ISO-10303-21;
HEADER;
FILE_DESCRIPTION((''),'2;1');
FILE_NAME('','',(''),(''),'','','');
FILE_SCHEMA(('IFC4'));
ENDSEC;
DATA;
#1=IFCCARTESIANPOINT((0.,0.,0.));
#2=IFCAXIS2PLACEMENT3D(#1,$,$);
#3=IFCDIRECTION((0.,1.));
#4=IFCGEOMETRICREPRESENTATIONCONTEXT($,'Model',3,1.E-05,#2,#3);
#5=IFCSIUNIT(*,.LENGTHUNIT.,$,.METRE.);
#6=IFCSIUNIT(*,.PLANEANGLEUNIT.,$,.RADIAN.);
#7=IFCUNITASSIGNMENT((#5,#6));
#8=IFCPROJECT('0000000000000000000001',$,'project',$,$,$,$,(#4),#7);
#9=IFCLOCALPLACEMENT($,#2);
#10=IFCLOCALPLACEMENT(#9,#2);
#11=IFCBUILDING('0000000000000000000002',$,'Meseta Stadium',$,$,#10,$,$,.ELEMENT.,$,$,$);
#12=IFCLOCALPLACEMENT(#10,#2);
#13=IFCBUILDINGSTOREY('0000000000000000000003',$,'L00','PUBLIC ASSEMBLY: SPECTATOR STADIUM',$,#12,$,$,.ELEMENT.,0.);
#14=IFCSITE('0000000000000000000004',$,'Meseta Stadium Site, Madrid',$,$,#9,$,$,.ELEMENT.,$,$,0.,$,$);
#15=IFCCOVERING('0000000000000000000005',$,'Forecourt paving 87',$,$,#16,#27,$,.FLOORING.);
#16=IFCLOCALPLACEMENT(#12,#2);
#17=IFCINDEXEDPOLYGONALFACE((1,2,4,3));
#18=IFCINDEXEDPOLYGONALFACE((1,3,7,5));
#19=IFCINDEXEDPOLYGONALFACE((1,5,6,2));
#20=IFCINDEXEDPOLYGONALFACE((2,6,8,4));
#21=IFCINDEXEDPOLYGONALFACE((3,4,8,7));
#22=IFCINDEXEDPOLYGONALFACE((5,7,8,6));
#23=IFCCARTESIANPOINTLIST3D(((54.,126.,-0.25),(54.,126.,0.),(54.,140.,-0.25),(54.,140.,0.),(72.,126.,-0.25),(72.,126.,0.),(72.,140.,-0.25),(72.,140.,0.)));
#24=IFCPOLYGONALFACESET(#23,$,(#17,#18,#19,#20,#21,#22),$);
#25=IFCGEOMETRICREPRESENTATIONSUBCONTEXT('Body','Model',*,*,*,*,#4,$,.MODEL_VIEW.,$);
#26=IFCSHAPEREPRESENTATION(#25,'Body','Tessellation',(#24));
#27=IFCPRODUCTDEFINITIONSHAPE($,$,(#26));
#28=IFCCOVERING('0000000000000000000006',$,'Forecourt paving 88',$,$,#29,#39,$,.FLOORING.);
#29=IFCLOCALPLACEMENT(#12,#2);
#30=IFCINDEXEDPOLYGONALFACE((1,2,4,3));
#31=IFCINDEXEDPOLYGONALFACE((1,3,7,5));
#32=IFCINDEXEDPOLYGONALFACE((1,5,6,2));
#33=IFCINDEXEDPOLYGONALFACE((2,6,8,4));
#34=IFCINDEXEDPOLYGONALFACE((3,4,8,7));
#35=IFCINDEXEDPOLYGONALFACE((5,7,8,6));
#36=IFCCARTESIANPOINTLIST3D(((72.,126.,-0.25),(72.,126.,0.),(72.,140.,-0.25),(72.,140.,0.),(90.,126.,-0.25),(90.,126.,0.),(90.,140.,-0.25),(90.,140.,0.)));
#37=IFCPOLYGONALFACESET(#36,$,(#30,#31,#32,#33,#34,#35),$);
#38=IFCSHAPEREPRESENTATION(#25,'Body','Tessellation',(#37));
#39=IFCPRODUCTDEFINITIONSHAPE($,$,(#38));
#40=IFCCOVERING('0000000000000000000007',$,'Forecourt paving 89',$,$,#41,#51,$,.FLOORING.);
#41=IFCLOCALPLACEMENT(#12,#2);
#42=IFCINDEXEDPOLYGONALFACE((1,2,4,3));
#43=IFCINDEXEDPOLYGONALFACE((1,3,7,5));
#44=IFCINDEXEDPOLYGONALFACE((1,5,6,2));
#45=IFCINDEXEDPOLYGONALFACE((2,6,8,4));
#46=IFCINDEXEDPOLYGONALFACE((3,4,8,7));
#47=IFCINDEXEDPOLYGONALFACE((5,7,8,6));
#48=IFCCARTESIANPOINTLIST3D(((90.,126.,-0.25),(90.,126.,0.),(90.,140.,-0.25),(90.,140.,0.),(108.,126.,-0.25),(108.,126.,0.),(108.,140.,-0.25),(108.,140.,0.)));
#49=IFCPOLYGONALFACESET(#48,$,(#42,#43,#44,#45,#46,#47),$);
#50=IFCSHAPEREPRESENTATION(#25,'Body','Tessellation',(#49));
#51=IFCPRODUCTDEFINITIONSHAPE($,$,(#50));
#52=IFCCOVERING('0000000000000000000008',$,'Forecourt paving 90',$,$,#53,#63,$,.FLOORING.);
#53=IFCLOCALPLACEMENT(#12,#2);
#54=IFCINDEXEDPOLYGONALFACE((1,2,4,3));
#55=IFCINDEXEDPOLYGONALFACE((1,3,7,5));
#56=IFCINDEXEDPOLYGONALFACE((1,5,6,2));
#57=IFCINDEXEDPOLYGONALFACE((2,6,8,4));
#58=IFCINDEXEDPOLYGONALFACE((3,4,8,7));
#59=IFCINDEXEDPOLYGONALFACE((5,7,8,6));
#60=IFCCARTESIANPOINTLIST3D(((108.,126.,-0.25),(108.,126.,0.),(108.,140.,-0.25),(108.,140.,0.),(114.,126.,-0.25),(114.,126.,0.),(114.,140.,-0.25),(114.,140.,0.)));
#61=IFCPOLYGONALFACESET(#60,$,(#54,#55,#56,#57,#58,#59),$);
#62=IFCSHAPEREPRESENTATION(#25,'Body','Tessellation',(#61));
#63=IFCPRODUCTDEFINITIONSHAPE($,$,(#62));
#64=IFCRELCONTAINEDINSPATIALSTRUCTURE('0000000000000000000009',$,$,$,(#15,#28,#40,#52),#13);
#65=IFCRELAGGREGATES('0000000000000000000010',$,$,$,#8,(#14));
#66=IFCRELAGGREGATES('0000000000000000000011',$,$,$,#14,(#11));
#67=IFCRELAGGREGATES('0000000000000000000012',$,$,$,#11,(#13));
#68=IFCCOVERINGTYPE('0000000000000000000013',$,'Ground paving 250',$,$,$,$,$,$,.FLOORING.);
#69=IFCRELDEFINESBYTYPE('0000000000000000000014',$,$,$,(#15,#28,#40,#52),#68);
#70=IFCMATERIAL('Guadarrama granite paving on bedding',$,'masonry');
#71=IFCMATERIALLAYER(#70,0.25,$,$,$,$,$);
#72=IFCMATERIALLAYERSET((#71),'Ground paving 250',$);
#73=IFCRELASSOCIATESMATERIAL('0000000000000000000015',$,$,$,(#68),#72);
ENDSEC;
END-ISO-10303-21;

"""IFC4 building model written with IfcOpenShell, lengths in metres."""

from ifc_helpers import new_model, si_unit, direction, frame, origin, place, context, subcontext, project, spatial, polyline, outline, extrude, material, layer, layer_set, type_object, element, save


model = new_model("IFC4")

# Units and contexts
model_context = context("Model", 3, precision=1e-05, world=origin(), true_north=direction((0.0, 1.0)))
body_context = subcontext(model_context, "Body", "Model", "MODEL_VIEW")
ifc_project = project(units=[si_unit("LENGTHUNIT", "METRE"), si_unit("PLANEANGLEUNIT", "RADIAN")], contexts=[model_context])

# Site, building, storey
site_placement = place(None, origin())
site = spatial("IfcSite", under=ifc_project, at=site_placement, Name="Meseta Stadium Site, Madrid", CompositionType="ELEMENT", RefElevation=0.0)
building_placement = place(site_placement, origin())
building = spatial("IfcBuilding", under=site, at=building_placement, Name="Meseta Stadium", CompositionType="ELEMENT")
storey_placement = place(building_placement, origin())
storey = spatial("IfcBuildingStorey", under=building, at=storey_placement, Name="L00", Description="PUBLIC ASSEMBLY: SPECTATOR STADIUM", CompositionType="ELEMENT", Elevation=0.0)

# Coverings
ifc_material_1 = material(Name="Guadarrama granite paving on bedding", Category="masonry")
ifc_layer_1 = layer(ifc_material_1, 0.25)
ifc_layer_set_1 = layer_set([ifc_layer_1], Name="Ground paving 250")
covering_type = type_object("IfcCoveringType", Name="Ground paving 250", PredefinedType="FLOORING", material=ifc_layer_set_1)
covering_1_placement = place(storey_placement, frame((0.0, 0.0, -0.25)))
element("IfcCovering", 1, at=covering_1_placement, inside=storey, type_object=covering_type, Name="Forecourt paving 87", PredefinedType="FLOORING", context=body_context, shape_type="SweptSolid", body=[
    extrude(outline(polyline([(72.0, 140.0), (54.0, 140.0), (54.0, 126.0), (72.0, 126.0), (72.0, 140.0)])), origin(), (0.0, 0.0, 1.0), 0.25),
])
covering_2_placement = place(storey_placement, frame((0.0, 0.0, -0.25)))
element("IfcCovering", 2, at=covering_2_placement, inside=storey, type_object=covering_type, Name="Forecourt paving 88", PredefinedType="FLOORING", context=body_context, shape_type="SweptSolid", body=[
    extrude(outline(polyline([(90.0, 140.0), (72.0, 140.0), (72.0, 126.0), (90.0, 126.0), (90.0, 140.0)])), origin(), (0.0, 0.0, 1.0), 0.25),
])
covering_3_placement = place(storey_placement, frame((0.0, 0.0, -0.25)))
element("IfcCovering", 3, at=covering_3_placement, inside=storey, type_object=covering_type, Name="Forecourt paving 89", PredefinedType="FLOORING", context=body_context, shape_type="SweptSolid", body=[
    extrude(outline(polyline([(108.0, 140.0), (90.0, 140.0), (90.0, 126.0), (108.0, 126.0), (108.0, 140.0)])), origin(), (0.0, 0.0, 1.0), 0.25),
])
covering_4_placement = place(storey_placement, frame((0.0, 0.0, -0.25)))
element("IfcCovering", 4, at=covering_4_placement, inside=storey, type_object=covering_type, Name="Forecourt paving 90", PredefinedType="FLOORING", context=body_context, shape_type="SweptSolid", body=[
    extrude(outline(polyline([(114.0, 126.0), (114.0, 140.0), (108.0, 140.0), (108.0, 126.0), (114.0, 126.0)])), origin(), (0.0, 0.0, 1.0), 0.25),
])

save(model, "model.ifc")
